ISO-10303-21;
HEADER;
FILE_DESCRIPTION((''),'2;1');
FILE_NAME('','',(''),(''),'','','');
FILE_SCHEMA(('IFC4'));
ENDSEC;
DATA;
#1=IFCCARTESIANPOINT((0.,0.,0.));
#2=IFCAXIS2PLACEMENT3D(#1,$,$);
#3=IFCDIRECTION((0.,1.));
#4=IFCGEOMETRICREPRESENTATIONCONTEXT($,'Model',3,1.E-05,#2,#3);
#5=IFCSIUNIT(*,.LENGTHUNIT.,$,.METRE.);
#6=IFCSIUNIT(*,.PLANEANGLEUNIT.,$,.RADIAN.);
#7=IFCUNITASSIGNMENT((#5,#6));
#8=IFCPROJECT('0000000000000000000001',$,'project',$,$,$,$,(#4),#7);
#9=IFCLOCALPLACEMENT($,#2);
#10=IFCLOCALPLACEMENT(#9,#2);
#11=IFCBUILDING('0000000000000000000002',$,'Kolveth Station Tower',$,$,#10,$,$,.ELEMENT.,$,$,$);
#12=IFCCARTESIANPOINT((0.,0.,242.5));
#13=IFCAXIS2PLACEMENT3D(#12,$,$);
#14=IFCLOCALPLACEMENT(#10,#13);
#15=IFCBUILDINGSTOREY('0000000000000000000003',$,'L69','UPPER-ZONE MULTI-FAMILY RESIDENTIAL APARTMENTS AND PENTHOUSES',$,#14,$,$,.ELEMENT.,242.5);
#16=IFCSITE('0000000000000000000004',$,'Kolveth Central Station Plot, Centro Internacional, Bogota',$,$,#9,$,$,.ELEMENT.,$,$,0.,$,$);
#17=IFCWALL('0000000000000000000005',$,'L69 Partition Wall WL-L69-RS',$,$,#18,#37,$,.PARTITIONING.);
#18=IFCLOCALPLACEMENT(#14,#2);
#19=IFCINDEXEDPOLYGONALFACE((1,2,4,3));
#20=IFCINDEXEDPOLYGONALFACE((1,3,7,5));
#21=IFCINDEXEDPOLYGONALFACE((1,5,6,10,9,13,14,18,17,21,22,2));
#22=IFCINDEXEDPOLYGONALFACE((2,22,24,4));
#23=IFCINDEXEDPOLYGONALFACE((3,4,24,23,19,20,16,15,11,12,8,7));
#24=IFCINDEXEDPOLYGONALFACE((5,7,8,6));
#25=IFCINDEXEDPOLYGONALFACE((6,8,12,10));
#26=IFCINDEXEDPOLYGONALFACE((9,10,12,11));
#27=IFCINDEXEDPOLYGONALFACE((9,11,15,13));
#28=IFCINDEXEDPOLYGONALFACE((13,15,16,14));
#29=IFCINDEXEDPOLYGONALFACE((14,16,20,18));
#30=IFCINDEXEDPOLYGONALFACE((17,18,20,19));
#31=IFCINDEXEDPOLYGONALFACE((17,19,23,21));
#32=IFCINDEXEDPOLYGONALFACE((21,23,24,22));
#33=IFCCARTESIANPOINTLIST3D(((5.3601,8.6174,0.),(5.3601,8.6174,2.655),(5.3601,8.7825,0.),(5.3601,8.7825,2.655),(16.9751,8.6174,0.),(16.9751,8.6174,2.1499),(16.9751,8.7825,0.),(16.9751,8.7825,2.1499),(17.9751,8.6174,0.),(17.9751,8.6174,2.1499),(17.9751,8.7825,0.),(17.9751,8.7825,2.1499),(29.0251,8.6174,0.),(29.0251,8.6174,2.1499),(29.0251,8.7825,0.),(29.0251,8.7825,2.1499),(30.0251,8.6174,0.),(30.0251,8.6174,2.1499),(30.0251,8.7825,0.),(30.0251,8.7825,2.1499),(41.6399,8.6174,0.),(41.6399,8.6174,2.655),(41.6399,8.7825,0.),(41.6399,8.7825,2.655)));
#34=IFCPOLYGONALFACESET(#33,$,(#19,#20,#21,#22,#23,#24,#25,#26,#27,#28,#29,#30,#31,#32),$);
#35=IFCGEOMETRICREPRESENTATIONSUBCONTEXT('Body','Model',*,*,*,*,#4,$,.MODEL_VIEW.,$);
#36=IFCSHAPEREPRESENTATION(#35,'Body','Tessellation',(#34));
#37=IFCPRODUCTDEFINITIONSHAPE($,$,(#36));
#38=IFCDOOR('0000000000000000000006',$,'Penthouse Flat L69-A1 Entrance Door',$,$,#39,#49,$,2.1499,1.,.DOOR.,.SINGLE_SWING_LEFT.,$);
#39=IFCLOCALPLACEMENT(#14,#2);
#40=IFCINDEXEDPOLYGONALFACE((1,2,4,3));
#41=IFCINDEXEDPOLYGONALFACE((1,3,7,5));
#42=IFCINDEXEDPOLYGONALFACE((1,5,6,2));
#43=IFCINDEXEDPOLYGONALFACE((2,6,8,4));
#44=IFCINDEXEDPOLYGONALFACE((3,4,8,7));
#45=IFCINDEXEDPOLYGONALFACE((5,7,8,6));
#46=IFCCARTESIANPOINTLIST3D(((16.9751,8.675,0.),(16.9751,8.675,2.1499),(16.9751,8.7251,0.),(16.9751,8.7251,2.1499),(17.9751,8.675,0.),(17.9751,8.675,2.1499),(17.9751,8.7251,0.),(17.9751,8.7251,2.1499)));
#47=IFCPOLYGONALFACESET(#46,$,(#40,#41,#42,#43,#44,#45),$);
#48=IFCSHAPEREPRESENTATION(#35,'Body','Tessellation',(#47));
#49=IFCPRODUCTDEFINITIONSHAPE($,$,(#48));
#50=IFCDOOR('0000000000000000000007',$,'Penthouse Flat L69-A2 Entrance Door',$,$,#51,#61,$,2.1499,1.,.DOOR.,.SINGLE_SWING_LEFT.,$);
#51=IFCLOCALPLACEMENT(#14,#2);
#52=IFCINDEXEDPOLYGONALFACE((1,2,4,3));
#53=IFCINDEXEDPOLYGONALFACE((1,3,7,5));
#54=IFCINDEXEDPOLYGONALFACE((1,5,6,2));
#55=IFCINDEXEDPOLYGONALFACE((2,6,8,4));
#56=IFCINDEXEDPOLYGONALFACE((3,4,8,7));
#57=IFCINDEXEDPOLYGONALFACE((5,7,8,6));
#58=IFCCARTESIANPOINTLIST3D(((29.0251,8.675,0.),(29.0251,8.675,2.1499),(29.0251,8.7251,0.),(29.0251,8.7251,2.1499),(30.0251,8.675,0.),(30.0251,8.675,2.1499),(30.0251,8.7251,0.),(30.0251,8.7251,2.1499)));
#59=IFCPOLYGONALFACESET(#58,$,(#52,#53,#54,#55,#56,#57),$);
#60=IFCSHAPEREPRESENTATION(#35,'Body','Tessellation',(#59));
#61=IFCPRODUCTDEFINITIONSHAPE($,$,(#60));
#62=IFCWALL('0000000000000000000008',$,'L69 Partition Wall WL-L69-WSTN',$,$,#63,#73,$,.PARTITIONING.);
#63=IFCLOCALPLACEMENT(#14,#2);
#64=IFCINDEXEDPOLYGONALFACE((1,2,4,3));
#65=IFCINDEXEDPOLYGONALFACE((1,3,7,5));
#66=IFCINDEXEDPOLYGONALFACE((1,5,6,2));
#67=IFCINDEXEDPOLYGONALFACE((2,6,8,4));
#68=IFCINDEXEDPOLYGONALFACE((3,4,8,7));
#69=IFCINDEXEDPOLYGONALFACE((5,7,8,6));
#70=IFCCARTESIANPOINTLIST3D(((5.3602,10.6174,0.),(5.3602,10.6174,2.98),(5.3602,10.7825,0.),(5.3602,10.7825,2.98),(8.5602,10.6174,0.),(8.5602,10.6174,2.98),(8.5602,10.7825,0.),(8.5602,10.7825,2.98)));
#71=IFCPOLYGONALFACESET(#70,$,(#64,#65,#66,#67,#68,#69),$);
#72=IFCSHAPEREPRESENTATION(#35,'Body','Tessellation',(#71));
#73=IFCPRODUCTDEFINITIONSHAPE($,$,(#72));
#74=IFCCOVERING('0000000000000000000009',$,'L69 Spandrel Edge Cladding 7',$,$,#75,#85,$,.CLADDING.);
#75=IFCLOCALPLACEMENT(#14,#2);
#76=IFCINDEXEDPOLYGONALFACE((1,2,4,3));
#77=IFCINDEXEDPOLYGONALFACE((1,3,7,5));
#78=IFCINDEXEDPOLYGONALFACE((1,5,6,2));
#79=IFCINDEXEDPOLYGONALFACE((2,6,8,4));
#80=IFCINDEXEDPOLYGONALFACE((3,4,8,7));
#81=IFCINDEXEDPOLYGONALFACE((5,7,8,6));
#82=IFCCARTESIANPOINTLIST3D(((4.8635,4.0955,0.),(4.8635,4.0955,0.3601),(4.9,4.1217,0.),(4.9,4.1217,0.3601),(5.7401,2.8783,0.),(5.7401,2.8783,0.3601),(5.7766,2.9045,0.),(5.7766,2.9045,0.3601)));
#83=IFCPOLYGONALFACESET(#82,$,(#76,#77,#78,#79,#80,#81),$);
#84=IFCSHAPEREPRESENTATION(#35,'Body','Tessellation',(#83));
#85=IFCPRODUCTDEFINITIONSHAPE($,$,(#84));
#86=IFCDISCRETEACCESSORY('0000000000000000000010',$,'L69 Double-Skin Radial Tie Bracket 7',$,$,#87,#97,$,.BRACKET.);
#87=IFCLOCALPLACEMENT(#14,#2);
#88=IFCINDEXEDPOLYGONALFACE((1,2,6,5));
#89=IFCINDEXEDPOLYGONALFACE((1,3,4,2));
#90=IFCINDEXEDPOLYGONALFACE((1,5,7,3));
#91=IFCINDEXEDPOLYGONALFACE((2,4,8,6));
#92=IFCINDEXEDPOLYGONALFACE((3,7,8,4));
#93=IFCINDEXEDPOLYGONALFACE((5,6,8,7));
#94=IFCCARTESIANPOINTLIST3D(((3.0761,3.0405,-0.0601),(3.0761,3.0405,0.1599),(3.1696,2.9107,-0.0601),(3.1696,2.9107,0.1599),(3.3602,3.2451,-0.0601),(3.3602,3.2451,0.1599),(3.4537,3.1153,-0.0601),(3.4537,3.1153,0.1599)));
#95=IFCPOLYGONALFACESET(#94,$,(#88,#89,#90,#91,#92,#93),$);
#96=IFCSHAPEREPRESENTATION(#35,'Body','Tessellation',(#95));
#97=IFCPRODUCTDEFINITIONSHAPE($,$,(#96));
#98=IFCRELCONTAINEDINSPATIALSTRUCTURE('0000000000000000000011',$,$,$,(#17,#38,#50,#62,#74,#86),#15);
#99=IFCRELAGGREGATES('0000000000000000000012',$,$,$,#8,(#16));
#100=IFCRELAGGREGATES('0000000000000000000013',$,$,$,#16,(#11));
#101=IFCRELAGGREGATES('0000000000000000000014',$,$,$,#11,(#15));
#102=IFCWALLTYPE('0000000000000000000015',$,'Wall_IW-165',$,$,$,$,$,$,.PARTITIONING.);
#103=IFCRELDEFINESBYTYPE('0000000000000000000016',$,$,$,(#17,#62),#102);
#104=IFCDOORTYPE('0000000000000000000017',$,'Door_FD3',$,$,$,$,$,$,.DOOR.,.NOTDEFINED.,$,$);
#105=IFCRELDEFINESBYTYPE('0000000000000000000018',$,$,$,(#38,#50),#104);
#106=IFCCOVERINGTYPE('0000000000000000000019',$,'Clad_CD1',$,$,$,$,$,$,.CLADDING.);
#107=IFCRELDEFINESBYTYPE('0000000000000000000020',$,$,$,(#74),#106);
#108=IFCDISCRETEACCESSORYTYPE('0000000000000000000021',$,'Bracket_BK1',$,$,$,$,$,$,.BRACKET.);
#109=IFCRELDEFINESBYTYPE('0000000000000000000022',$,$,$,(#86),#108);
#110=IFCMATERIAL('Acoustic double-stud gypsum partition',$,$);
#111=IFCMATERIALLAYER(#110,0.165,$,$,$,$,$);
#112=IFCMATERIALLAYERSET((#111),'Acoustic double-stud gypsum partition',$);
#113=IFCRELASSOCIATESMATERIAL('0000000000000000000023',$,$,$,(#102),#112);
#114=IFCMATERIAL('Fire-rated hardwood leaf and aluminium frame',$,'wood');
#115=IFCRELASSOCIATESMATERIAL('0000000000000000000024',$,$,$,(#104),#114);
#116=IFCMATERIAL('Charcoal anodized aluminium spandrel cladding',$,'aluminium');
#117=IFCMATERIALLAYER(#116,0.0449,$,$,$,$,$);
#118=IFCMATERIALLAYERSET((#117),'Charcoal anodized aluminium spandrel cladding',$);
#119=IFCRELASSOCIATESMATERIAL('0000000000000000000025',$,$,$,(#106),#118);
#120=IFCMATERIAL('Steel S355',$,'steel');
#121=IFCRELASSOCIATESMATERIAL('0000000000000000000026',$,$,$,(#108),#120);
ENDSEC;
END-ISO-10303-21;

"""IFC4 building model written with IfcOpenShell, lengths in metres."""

from ifc_helpers import new_model, si_unit, direction, frame, frame_2d, origin, origin_2d, place, context, subcontext, project, spatial, rectangle, extrude, source, transform, mapped, material, layer, layer_set, type_object, element, fill, save


model = new_model("IFC4")

# Units and contexts
model_context = context("Model", 3, precision=1e-05, world=origin(), true_north=direction((0.0, 1.0)))
body_context = subcontext(model_context, "Body", "Model", "MODEL_VIEW")
ifc_project = project(units=[si_unit("LENGTHUNIT", "METRE"), si_unit("PLANEANGLEUNIT", "RADIAN")], contexts=[model_context])

# Site, building, storey
site_placement = place(None, origin())
site = spatial("IfcSite", under=ifc_project, at=site_placement, Name="Kolveth Central Station Plot, Centro Internacional, Bogota", CompositionType="ELEMENT", RefElevation=0.0)
building_placement = place(site_placement, origin())
building = spatial("IfcBuilding", under=site, at=building_placement, Name="Kolveth Station Tower", CompositionType="ELEMENT")
storey_placement = place(building_placement, frame((0.0, 0.0, 242.5)))
storey = spatial("IfcBuildingStorey", under=building, at=storey_placement, Name="L69", Description="UPPER-ZONE MULTI-FAMILY RESIDENTIAL APARTMENTS AND PENTHOUSES", CompositionType="ELEMENT", Elevation=242.5)

# Shared definitions
ifc_material_1 = material(Name="Steel S355", Category="steel")

# Wall, openings, doors
ifc_material_2 = material(Name="Acoustic double-stud gypsum partition")
ifc_layer_1 = layer(ifc_material_2, 0.165)
ifc_layer_set_1 = layer_set([ifc_layer_1], Name="Acoustic double-stud gypsum partition")
wall_type_1 = type_object("IfcWallType", Name="Wall_IW-165", PredefinedType="PARTITIONING", material=ifc_layer_set_1)
wall_1_placement = place(storey_placement, frame((5.3601, 8.7, 0.0), z_axis=(0.0, 0.0, 1.0), x_axis=(1.0, 0.0, 0.0)))
wall_1 = element("IfcWall", 1, at=wall_1_placement, inside=storey, type_object=wall_type_1, Name="L69 Partition Wall WL-L69-RS", PredefinedType="PARTITIONING", context=body_context, shape_type="SweptSolid", body=[
    extrude(rectangle(XDim=36.2798, YDim=0.165, at=frame_2d((18.1399, 0.0))), origin(), (0.0, 0.0, 1.0), 2.655),
])
opening_1_placement = place(wall_1_placement, frame((11.615, 0.0, 0.0)))
opening_1 = element("IfcOpeningElement", 2, at=opening_1_placement, cuts=wall_1, PredefinedType="OPENING", context=body_context, shape_type="SweptSolid", body=[
    extrude(rectangle(XDim=1.0, YDim=2.1499, at=frame_2d((0.5, 1.075))), frame((0.0, 0.0925, 0.0), z_axis=(0.0, -1.0, 0.0), x_axis=(1.0, 0.0, 0.0)), (0.0, 0.0, 1.0), 0.1851),
])
opening_2_placement = place(wall_1_placement, frame((23.665, 0.0, 0.0)))
opening_2 = element("IfcOpeningElement", 3, at=opening_2_placement, cuts=wall_1, PredefinedType="OPENING", context=body_context, shape_type="SweptSolid", body=[
    extrude(rectangle(XDim=1.0, YDim=2.1499, at=frame_2d((0.5, 1.075))), frame((0.0, 0.0925, 0.0), z_axis=(0.0, -1.0, 0.0), x_axis=(1.0, 0.0, 0.0)), (0.0, 0.0, 1.0), 0.1851),
])
ifc_material_3 = material(Name="Fire-rated hardwood leaf and aluminium frame", Category="wood")
door_type_1 = type_object("IfcDoorType", Name="Door_FD3", OperationType="NOTDEFINED", PredefinedType="DOOR", material=ifc_material_3)
door_1_placement = place(opening_1_placement, frame((1.0, 0.0, 0.0), z_axis=(0.0, 0.0, 1.0), x_axis=(-1.0, 0.0, 0.0)))
door_1 = element("IfcDoor", 4, at=door_1_placement, inside=storey, type_object=door_type_1, Name="Penthouse Flat L69-A1 Entrance Door", OperationType="SINGLE_SWING_LEFT", OverallHeight=2.1499, OverallWidth=1.0, PredefinedType="DOOR", context=body_context, shape_type="SweptSolid", body=[
    extrude(rectangle(XDim=1.0, YDim=2.1499, at=frame_2d((0.5, 1.075))), frame((0.0, 0.0249, 0.0), z_axis=(0.0, -1.0, 0.0), x_axis=(1.0, 0.0, 0.0)), (0.0, 0.0, 1.0), 0.05),
])
fill(opening_1, door_1)
door_2_placement = place(opening_2_placement, frame((1.0, 0.0, 0.0), z_axis=(0.0, 0.0, 1.0), x_axis=(-1.0, 0.0, 0.0)))
door_2 = element("IfcDoor", 5, at=door_2_placement, inside=storey, type_object=door_type_1, Name="Penthouse Flat L69-A2 Entrance Door", OperationType="SINGLE_SWING_LEFT", OverallHeight=2.1499, OverallWidth=1.0, PredefinedType="DOOR", context=body_context, shape_type="SweptSolid", body=[
    extrude(rectangle(XDim=1.0, YDim=2.1499, at=frame_2d((0.5, 1.075))), frame((0.0, 0.0249, 0.0), z_axis=(0.0, -1.0, 0.0), x_axis=(1.0, 0.0, 0.0)), (0.0, 0.0, 1.0), 0.05),
])
fill(opening_2, door_2)

# Wall
wall_2_placement = place(storey_placement, frame((5.3601, 10.7, 0.0), z_axis=(0.0, 0.0, 1.0), x_axis=(1.0, 0.0, 0.0)))
element("IfcWall", 6, at=wall_2_placement, inside=storey, type_object=wall_type_1, Name="L69 Partition Wall WL-L69-WSTN", PredefinedType="PARTITIONING", context=body_context, shape_type="SweptSolid", body=[
    extrude(rectangle(XDim=3.2, YDim=0.165, at=frame_2d((1.6001, 0.0))), origin(), (0.0, 0.0, 1.0), 2.98),
])

# Covering
ifc_material_4 = material(Name="Charcoal anodized aluminium spandrel cladding", Category="aluminium")
ifc_layer_2 = layer(ifc_material_4, 0.0449)
ifc_layer_set_2 = layer_set([ifc_layer_2], Name="Charcoal anodized aluminium spandrel cladding")
covering_type = type_object("IfcCoveringType", Name="Clad_CD1", PredefinedType="CLADDING", material=ifc_layer_set_2)
shared_shape_1 = source(origin(), body_context, "Body", "SweptSolid", [
    extrude(rectangle(XDim=1.5, YDim=0.0449, at=origin_2d()), origin(), (0.0, 0.0, 1.0), 0.3601),
])
covering_placement = place(storey_placement, frame((5.3201, 3.5, 0.0), z_axis=(0.0, 0.0, 1.0), x_axis=(0.584391, -0.811472, 0.0)))
element("IfcCovering", 7, at=covering_placement, inside=storey, type_object=covering_type, Name="L69 Spandrel Edge Cladding 7", PredefinedType="CLADDING", context=body_context, shape_type="MappedRepresentation", body=[
    mapped(shared_shape_1, transform((0.0, 0.0, 0.0), x_axis=(1.0, 0.0, 0.0), y_axis=(0.0, 1.0, 0.0), z_axis=(0.0, 0.0, 1.0), scale=1.0)),
])

# Discrete accessory
discrete_accessory_type = type_object("IfcDiscreteAccessoryType", Name="Bracket_BK1", PredefinedType="BRACKET", material=ifc_material_1)
shared_shape_2 = source(origin(), body_context, "Body", "SweptSolid", [
    extrude(rectangle(XDim=0.3501, YDim=0.1599, at=origin_2d()), origin(), (0.0, 0.0, 1.0), 0.22),
])
discrete_accessory_placement = place(storey_placement, frame((3.2649, 3.0779, -0.0601), z_axis=(0.0, 0.0, 1.0), x_axis=(-0.811472, -0.584391, 0.0)))
element("IfcDiscreteAccessory", 8, at=discrete_accessory_placement, inside=storey, type_object=discrete_accessory_type, Name="L69 Double-Skin Radial Tie Bracket 7", PredefinedType="BRACKET", context=body_context, shape_type="MappedRepresentation", body=[
    mapped(shared_shape_2, transform((0.0, 0.0, 0.0), x_axis=(1.0, 0.0, 0.0), y_axis=(0.0, 1.0, 0.0), z_axis=(0.0, 0.0, 1.0), scale=1.0)),
])

save(model, "model.ifc")
